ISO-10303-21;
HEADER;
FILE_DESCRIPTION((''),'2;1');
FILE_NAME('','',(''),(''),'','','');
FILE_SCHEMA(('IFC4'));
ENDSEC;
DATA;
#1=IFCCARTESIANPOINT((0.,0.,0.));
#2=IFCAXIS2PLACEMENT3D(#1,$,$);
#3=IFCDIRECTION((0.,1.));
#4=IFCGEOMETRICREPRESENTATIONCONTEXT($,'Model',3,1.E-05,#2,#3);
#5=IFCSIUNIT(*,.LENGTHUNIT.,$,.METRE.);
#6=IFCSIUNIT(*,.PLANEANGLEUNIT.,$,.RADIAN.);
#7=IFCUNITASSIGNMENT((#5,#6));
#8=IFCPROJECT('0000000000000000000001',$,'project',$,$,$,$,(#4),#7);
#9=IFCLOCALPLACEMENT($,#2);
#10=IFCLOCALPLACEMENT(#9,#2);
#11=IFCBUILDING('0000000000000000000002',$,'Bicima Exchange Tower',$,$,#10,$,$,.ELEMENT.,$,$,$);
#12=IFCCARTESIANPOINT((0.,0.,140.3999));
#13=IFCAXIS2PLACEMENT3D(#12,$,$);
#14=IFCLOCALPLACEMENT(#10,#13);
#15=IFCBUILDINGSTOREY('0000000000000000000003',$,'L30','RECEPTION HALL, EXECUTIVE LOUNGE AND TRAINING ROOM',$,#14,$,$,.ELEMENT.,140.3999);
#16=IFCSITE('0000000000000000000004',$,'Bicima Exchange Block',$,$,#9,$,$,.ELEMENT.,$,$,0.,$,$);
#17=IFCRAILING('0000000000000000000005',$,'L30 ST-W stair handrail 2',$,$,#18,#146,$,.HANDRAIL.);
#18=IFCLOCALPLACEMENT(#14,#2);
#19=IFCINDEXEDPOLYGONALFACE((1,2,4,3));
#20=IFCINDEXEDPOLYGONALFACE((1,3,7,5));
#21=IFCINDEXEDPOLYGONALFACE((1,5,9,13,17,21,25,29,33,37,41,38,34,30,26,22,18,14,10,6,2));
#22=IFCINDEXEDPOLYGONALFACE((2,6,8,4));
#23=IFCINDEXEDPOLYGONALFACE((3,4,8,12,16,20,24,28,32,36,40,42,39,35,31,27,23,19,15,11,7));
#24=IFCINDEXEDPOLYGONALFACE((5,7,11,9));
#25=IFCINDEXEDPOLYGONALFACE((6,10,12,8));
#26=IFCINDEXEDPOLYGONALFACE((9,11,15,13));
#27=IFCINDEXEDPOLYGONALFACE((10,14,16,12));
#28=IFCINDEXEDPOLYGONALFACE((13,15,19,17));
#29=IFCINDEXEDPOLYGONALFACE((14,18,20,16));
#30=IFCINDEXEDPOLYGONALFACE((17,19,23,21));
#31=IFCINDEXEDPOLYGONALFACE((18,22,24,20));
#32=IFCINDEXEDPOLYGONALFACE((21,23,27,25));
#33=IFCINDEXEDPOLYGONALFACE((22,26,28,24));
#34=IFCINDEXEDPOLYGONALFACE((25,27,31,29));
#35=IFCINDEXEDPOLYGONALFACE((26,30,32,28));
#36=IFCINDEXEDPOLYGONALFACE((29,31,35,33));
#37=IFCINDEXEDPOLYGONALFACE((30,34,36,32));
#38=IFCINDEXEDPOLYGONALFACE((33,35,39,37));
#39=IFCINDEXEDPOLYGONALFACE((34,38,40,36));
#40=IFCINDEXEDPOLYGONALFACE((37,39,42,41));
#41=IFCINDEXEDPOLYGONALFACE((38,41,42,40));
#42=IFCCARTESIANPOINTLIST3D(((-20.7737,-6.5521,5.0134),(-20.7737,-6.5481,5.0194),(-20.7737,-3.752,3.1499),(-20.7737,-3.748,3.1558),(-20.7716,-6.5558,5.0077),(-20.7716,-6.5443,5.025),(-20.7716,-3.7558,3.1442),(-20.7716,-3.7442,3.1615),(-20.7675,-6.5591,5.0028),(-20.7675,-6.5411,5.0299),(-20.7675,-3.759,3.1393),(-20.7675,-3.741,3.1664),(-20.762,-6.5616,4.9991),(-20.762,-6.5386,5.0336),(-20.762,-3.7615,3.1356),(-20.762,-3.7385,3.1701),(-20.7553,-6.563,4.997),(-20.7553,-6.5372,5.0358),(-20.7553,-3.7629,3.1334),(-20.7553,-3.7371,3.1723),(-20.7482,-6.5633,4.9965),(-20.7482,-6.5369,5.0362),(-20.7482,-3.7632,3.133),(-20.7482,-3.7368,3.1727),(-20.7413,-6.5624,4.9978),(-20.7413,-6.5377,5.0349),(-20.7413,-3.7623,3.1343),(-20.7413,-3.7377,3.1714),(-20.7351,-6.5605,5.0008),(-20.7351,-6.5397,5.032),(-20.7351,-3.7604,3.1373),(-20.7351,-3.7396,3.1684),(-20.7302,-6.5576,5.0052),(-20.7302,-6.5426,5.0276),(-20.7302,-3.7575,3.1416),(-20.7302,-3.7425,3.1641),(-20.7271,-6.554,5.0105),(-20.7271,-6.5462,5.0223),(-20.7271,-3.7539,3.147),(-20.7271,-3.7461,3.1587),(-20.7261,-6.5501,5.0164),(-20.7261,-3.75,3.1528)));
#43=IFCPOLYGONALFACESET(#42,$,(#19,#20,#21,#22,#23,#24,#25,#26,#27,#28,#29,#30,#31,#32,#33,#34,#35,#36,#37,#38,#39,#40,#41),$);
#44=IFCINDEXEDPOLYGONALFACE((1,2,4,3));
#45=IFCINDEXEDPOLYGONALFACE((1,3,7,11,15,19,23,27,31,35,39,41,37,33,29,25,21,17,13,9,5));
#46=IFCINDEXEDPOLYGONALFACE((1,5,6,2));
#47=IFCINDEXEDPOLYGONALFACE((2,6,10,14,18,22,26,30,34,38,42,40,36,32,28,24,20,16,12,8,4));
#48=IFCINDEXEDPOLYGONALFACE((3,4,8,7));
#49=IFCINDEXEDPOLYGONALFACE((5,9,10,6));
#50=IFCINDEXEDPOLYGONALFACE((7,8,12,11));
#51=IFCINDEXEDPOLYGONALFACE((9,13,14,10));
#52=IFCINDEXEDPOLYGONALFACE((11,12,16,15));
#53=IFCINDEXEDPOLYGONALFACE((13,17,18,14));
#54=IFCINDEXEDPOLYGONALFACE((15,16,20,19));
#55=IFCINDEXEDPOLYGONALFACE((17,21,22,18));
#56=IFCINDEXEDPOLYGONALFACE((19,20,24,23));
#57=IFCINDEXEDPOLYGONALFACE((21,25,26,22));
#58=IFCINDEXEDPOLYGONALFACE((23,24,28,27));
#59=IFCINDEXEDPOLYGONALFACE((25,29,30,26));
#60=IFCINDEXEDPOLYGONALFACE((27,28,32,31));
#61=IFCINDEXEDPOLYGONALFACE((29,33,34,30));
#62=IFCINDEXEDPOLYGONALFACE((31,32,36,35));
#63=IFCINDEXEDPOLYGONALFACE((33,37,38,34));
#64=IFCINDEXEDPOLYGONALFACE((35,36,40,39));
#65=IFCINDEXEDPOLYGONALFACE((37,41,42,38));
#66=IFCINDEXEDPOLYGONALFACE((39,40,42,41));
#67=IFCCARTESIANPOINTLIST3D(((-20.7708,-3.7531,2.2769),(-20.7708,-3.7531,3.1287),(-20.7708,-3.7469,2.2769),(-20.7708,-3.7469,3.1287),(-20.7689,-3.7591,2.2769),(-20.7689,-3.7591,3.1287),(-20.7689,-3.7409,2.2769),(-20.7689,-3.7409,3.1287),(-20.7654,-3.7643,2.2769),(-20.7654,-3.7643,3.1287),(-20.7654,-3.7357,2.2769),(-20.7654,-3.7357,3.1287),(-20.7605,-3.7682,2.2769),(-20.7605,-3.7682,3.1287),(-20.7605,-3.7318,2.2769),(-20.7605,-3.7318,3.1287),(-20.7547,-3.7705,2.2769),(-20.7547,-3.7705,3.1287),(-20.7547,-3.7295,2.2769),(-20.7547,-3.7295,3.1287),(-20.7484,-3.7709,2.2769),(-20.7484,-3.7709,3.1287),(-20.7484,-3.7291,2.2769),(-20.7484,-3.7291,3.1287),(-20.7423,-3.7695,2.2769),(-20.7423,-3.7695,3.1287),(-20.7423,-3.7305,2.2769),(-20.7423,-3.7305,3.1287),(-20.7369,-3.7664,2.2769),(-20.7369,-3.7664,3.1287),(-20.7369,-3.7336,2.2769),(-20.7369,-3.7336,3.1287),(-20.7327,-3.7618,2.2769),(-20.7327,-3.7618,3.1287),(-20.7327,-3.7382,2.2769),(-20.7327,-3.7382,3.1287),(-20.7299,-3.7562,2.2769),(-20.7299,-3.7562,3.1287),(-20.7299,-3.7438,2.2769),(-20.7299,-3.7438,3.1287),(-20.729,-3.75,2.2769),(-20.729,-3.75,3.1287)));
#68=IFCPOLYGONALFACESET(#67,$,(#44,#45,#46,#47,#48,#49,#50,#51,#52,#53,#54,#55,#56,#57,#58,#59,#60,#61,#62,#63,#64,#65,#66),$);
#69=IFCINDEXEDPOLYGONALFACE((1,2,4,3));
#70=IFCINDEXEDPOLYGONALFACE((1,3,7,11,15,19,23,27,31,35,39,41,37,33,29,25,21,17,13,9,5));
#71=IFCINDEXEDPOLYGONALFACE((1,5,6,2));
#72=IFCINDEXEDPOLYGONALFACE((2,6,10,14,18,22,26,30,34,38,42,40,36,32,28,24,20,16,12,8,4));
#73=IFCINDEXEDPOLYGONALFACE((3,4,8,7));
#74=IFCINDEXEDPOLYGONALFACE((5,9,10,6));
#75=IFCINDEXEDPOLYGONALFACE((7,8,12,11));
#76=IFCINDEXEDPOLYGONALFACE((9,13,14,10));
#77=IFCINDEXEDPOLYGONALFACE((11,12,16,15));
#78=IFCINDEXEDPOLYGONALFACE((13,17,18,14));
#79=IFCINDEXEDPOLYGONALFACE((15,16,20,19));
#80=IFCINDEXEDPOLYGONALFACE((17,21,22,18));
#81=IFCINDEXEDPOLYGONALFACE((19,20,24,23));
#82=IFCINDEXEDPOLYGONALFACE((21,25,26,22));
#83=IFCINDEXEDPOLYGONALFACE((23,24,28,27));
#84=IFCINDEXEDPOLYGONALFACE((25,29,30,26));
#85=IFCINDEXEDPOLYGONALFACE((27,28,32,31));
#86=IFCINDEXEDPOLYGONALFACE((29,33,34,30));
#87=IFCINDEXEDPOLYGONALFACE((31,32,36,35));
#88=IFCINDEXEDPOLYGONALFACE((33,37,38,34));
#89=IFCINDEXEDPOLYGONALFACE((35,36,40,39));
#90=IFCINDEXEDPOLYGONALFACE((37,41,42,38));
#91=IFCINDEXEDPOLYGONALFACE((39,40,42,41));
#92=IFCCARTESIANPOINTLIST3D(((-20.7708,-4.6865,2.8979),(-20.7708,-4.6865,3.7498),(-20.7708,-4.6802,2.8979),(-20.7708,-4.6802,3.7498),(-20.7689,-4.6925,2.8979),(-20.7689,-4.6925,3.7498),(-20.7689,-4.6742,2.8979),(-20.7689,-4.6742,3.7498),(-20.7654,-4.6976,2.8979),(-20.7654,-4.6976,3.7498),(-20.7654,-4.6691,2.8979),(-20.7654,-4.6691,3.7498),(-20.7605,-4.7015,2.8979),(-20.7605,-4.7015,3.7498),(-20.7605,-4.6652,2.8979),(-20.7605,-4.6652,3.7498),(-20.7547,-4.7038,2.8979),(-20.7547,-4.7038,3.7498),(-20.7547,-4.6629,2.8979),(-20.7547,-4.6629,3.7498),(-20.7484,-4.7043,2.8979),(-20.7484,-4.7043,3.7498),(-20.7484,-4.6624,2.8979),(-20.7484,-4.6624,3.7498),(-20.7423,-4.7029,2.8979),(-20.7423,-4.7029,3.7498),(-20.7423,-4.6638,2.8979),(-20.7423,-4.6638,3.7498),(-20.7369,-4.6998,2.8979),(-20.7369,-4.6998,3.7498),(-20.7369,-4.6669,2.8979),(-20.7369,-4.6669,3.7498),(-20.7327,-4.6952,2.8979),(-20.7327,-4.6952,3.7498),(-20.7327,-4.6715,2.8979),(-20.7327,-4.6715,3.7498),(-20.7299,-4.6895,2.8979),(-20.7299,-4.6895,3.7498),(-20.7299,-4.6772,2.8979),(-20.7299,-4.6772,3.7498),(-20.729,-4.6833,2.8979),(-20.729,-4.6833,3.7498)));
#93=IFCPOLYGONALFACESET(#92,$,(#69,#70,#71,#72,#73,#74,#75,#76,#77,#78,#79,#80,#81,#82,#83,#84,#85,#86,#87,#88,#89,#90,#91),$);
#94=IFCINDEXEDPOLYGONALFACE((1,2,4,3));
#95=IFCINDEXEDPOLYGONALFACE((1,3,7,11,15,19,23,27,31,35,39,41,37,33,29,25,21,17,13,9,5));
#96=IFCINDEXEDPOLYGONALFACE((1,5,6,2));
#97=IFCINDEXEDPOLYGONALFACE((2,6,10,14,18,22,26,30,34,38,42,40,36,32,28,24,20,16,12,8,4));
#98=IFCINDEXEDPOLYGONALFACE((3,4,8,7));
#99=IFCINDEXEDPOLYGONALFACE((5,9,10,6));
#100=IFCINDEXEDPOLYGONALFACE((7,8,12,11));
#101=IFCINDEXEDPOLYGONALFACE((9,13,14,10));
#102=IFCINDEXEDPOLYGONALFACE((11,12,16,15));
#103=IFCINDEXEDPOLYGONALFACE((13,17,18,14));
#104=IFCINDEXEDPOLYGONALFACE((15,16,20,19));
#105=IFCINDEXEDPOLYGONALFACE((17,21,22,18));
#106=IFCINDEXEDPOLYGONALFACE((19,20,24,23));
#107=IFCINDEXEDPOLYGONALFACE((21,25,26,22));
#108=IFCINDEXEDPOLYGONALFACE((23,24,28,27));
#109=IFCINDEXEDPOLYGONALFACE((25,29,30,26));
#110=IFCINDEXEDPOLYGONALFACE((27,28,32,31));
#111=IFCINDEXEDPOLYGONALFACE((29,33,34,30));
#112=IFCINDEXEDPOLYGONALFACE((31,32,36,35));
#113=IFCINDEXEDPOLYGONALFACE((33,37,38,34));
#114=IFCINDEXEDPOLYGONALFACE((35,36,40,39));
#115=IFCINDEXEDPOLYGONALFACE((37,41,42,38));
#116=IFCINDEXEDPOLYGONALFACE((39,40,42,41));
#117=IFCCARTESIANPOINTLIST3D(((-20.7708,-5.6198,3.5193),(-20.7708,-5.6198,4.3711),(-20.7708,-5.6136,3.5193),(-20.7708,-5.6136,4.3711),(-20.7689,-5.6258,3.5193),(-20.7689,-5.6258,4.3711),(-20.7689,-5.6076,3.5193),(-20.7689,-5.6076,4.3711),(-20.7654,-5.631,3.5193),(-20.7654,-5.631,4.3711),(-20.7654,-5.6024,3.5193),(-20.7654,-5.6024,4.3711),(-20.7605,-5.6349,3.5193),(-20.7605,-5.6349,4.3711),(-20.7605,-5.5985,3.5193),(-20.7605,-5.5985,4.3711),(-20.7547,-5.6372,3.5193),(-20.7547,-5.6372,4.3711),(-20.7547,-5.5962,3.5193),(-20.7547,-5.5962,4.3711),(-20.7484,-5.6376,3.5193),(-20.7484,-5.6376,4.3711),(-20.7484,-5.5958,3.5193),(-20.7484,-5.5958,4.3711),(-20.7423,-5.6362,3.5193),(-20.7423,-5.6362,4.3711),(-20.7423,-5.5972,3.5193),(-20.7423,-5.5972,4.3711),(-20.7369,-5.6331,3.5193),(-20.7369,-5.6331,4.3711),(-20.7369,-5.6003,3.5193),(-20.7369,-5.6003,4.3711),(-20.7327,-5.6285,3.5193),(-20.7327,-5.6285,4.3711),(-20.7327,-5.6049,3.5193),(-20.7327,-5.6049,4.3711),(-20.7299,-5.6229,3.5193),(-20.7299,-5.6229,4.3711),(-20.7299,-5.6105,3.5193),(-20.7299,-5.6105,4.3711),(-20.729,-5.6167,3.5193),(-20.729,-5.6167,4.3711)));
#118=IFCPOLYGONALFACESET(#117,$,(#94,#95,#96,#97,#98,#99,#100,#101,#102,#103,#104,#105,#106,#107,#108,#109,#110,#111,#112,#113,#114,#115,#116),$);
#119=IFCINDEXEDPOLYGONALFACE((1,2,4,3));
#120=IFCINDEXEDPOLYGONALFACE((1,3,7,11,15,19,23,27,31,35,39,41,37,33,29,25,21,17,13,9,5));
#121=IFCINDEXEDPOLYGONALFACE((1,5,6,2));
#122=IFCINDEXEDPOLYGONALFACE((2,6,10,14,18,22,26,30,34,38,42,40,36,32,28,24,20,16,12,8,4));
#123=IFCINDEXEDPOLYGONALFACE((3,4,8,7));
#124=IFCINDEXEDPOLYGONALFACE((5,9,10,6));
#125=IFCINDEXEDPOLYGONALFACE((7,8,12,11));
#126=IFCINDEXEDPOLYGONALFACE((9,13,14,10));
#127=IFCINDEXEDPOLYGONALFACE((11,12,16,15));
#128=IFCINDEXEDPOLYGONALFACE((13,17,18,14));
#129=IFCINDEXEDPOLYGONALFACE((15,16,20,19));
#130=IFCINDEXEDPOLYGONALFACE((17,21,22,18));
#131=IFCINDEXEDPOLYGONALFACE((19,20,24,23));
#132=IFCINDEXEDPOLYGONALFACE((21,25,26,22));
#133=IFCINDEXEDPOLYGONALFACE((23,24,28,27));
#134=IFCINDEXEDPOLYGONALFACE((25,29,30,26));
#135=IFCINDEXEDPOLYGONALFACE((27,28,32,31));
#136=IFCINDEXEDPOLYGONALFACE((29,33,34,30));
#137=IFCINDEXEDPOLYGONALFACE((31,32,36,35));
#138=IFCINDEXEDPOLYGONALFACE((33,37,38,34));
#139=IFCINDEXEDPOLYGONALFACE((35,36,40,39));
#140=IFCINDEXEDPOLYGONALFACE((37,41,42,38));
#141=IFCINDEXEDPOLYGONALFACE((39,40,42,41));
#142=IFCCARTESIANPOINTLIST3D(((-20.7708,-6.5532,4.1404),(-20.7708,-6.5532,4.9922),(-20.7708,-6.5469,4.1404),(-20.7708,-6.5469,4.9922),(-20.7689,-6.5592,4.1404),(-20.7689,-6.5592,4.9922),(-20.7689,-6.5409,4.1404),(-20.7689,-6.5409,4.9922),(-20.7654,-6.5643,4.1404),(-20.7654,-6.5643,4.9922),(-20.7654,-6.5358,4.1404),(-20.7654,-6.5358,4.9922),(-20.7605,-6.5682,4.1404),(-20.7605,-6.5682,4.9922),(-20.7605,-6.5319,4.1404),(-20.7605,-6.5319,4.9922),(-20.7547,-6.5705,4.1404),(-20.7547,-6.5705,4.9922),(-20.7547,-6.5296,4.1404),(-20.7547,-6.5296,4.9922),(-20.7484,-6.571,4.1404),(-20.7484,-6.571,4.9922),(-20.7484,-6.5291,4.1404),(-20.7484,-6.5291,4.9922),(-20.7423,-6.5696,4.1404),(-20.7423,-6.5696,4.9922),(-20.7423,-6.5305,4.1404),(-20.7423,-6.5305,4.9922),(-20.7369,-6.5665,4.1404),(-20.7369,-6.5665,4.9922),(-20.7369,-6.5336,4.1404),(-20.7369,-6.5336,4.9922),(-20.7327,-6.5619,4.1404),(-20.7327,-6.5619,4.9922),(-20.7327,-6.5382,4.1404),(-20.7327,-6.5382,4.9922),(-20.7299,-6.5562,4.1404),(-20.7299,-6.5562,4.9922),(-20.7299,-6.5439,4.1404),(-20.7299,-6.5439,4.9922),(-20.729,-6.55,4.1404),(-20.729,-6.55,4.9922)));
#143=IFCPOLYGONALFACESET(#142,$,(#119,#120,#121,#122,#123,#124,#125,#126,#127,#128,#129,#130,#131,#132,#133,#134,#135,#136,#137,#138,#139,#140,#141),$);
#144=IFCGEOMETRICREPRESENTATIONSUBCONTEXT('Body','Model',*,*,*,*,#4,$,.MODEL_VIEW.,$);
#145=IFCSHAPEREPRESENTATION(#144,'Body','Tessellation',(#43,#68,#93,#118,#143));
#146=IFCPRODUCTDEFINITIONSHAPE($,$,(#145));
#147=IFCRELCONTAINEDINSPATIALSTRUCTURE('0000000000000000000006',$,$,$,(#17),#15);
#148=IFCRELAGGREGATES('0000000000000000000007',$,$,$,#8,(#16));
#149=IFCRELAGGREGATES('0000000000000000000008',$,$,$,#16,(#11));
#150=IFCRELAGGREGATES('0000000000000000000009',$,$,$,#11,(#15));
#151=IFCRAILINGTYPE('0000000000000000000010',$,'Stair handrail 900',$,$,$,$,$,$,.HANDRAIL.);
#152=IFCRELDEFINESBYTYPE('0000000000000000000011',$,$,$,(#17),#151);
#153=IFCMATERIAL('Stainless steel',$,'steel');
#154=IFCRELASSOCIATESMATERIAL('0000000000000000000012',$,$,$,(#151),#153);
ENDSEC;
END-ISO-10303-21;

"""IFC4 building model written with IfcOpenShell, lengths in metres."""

from ifc_helpers import new_model, si_unit, direction, frame, origin, origin_2d, place, context, subcontext, project, spatial, circle, extrude, material, type_object, element, save


model = new_model("IFC4")

# Units and contexts
model_context = context("Model", 3, precision=1e-05, world=origin(), true_north=direction((0.0, 1.0)))
body_context = subcontext(model_context, "Body", "Model", "MODEL_VIEW")
ifc_project = project(units=[si_unit("LENGTHUNIT", "METRE"), si_unit("PLANEANGLEUNIT", "RADIAN")], contexts=[model_context])

# Site, building, storey
site_placement = place(None, origin())
site = spatial("IfcSite", under=ifc_project, at=site_placement, Name="Bicima Exchange Block", CompositionType="ELEMENT", RefElevation=0.0)
building_placement = place(site_placement, origin())
building = spatial("IfcBuilding", under=site, at=building_placement, Name="Bicima Exchange Tower", CompositionType="ELEMENT")
storey_placement = place(building_placement, frame((0.0, 0.0, 140.3999)))
storey = spatial("IfcBuildingStorey", under=building, at=storey_placement, Name="L30", Description="RECEPTION HALL, EXECUTIVE LOUNGE AND TRAINING ROOM", CompositionType="ELEMENT", Elevation=140.3999)

# Railing
ifc_material_1 = material(Name="Stainless steel", Category="steel")
railing_type = type_object("IfcRailingType", Name="Stair handrail 900", PredefinedType="HANDRAIL", material=ifc_material_1)
railing_1_placement = place(storey_placement, frame((-20.75, -3.75, 2.2769)))
element("IfcRailing", 1, at=railing_1_placement, inside=storey, type_object=railing_type, Name="L30 ST-W stair handrail 2", PredefinedType="HANDRAIL", context=body_context, shape_type="SweptSolid", body=[
    extrude(circle(Radius=0.0239, at=origin_2d()), frame((0.0, 0.0, 0.876), z_axis=(0.0, -0.832486, 0.554047), x_axis=(1.0, 0.0, 0.0)), (0.0, 0.0, 1.0), 3.3635),
    extrude(circle(Radius=0.021, at=origin_2d()), origin(), (0.0, 0.0, 1.0), 0.8518),
    extrude(circle(Radius=0.021, at=origin_2d()), frame((0.0, -0.9333, 0.6211)), (0.0, 0.0, 1.0), 0.8518),
    extrude(circle(Radius=0.021, at=origin_2d()), frame((0.0, -1.8667, 1.2424)), (0.0, 0.0, 1.0), 0.8518),
    extrude(circle(Radius=0.021, at=origin_2d()), frame((0.0, -2.8, 1.8635)), (0.0, 0.0, 1.0), 0.8518),
])

save(model, "model.ifc")
